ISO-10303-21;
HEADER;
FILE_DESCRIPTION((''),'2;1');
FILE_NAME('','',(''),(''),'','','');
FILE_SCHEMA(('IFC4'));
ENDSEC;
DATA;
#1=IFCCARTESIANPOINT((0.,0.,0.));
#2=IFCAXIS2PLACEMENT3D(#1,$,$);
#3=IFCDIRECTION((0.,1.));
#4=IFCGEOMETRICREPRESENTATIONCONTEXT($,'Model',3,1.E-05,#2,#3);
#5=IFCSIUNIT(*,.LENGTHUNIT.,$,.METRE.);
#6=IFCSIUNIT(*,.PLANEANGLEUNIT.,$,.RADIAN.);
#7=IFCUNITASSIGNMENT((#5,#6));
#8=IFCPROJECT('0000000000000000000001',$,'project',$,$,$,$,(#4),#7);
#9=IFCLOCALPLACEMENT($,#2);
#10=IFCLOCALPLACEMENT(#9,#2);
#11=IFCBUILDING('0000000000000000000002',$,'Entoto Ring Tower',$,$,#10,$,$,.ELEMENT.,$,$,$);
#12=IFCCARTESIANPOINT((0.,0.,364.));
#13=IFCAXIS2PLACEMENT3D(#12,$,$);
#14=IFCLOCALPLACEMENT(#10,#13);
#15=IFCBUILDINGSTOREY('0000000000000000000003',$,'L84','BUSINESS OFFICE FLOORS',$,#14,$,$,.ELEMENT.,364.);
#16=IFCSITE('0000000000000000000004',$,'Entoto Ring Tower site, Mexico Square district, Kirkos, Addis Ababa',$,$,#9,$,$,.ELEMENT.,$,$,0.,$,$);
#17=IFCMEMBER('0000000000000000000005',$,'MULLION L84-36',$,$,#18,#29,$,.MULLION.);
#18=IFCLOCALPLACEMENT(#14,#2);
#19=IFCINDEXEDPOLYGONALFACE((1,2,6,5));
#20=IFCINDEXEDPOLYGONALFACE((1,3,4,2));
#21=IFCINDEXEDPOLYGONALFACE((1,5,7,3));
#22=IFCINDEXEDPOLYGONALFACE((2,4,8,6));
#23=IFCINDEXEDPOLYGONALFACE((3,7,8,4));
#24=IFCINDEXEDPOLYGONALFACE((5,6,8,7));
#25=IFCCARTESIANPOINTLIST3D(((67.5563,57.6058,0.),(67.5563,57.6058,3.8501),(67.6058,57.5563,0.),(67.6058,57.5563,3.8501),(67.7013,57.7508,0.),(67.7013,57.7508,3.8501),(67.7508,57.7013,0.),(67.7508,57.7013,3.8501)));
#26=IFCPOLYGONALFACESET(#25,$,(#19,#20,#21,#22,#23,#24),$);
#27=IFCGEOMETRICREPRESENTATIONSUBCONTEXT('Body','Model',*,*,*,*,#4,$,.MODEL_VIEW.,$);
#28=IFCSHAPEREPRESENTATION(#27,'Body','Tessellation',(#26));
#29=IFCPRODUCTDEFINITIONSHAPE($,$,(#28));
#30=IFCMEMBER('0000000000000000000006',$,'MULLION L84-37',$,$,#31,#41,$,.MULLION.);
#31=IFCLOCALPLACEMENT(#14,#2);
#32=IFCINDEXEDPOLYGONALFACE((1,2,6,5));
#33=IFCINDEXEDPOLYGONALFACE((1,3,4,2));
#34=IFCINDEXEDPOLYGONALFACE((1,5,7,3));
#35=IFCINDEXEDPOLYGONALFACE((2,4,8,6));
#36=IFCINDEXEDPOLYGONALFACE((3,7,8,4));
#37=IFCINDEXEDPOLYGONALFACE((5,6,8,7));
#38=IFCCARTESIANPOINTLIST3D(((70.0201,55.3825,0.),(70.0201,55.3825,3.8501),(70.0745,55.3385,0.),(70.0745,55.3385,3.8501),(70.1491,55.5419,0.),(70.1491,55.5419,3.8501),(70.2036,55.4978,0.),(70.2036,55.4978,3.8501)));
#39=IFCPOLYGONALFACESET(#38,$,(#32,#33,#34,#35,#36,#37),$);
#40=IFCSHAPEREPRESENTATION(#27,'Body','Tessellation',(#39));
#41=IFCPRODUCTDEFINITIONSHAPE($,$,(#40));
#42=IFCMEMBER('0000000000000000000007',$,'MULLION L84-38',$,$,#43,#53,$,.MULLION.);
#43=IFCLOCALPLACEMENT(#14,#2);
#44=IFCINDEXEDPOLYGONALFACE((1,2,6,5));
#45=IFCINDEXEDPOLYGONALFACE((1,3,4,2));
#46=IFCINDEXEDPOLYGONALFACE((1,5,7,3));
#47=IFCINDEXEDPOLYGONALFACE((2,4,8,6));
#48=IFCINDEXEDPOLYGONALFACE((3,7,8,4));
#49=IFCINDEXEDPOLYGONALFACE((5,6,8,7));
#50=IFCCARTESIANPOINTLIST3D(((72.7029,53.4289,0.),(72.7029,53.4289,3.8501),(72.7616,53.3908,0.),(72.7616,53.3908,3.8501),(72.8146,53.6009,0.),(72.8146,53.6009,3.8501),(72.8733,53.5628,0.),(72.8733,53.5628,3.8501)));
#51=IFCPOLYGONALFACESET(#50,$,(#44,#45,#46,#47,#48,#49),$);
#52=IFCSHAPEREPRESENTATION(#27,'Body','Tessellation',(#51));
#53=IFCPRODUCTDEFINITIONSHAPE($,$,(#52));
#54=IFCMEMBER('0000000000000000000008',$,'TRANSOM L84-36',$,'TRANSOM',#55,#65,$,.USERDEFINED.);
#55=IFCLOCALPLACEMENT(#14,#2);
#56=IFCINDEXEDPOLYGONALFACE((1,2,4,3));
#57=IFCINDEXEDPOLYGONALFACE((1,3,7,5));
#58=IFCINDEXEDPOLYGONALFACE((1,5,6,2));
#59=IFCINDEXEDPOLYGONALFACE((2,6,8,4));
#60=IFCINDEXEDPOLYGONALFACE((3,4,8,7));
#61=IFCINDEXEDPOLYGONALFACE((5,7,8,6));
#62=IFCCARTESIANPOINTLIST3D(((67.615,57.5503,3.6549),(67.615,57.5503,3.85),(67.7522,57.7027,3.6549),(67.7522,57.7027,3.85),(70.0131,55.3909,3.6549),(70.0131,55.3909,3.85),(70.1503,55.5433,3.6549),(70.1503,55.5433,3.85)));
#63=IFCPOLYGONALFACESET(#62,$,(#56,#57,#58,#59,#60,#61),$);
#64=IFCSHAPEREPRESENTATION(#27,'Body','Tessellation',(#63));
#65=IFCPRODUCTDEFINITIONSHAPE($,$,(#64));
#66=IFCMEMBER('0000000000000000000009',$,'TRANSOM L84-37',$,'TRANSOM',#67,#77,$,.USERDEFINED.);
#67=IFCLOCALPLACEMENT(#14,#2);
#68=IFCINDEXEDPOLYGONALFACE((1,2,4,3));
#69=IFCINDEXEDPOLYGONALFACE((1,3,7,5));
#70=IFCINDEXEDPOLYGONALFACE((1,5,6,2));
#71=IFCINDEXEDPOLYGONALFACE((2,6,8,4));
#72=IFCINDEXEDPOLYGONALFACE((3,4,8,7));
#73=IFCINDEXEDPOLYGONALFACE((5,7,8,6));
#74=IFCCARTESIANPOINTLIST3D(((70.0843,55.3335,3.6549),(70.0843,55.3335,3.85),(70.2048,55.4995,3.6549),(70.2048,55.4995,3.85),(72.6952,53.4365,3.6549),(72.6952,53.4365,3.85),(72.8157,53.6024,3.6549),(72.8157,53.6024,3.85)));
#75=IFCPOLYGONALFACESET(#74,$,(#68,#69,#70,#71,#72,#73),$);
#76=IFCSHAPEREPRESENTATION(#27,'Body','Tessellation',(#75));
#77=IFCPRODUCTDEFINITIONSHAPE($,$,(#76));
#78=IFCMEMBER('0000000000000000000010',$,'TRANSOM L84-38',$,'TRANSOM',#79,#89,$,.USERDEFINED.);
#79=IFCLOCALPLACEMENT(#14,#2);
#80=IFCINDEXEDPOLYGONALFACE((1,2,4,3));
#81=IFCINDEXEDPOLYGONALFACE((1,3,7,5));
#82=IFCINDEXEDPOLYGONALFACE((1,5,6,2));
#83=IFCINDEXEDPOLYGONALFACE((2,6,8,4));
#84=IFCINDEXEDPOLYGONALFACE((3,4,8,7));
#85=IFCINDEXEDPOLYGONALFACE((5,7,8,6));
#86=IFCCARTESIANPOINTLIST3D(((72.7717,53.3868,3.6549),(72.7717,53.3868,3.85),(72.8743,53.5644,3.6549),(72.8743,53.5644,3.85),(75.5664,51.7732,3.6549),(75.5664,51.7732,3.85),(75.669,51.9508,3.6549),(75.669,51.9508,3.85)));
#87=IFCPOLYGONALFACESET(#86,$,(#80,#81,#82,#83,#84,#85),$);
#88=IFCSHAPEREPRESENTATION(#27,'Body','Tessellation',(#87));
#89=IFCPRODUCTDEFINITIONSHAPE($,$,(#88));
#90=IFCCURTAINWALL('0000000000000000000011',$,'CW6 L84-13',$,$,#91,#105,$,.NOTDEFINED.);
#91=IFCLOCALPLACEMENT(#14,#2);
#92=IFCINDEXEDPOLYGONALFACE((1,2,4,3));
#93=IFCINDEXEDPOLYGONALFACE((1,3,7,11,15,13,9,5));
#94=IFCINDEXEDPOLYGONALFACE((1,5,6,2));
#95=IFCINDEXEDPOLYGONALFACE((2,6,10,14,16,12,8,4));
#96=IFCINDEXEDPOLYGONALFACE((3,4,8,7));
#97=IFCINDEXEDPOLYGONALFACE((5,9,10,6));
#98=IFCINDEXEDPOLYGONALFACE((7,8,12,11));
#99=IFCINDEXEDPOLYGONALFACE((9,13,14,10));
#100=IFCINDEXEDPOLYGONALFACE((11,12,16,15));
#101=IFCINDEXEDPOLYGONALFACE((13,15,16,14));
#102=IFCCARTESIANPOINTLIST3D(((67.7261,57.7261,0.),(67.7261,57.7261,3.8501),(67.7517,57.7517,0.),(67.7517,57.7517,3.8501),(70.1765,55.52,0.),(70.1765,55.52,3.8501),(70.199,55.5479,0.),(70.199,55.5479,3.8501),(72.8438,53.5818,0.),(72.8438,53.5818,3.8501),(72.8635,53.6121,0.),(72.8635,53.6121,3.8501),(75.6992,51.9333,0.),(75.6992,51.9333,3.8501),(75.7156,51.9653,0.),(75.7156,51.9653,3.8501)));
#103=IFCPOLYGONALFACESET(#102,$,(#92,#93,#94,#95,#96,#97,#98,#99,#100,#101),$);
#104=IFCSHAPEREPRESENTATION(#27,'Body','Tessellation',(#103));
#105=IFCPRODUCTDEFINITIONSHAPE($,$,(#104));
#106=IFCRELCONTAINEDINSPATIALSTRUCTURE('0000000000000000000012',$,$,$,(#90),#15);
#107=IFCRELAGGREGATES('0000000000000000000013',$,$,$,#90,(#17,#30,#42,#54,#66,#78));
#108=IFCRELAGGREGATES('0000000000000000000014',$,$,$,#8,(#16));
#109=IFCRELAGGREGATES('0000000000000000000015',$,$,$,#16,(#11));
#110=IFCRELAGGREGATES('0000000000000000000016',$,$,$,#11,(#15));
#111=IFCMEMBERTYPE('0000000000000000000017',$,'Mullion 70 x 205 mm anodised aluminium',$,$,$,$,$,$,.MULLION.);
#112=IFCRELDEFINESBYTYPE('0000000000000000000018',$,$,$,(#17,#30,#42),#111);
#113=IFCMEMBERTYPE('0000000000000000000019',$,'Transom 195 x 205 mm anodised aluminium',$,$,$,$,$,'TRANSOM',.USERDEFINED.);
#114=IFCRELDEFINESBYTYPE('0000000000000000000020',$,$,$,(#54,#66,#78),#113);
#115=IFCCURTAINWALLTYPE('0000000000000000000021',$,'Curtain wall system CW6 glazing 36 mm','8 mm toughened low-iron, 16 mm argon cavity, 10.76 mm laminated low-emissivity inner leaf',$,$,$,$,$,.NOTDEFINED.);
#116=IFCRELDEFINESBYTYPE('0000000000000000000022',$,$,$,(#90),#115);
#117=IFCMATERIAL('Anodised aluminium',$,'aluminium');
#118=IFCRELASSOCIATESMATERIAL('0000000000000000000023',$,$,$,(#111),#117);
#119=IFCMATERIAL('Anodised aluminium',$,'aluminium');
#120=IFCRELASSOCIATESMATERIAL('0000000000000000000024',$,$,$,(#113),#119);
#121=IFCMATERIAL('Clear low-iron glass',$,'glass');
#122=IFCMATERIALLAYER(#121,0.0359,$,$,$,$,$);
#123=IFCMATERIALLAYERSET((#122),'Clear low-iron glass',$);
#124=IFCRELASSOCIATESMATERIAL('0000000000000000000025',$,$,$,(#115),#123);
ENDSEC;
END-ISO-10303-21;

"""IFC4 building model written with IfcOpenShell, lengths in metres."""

from ifc_helpers import new_model, si_unit, direction, frame, origin, origin_2d, place, context, subcontext, project, spatial, polyline, rectangle, outline, extrude, material, layer, layer_set, material_profile, profile_set, type_object, element, aggregate, save


model = new_model("IFC4")

# Units and contexts
model_context = context("Model", 3, precision=1e-05, world=origin(), true_north=direction((0.0, 1.0)))
body_context = subcontext(model_context, "Body", "Model", "MODEL_VIEW")
ifc_project = project(units=[si_unit("LENGTHUNIT", "METRE"), si_unit("PLANEANGLEUNIT", "RADIAN")], contexts=[model_context])

# Members
ifc_material_1 = material(Name="Anodised aluminium", Category="aluminium")
ifc_material_profile_1 = material_profile(ifc_material_1, rectangle(XDim=0.0701, YDim=0.2051, at=origin_2d()), Name="Mullion 70 x 205 mm anodised aluminium")
ifc_profile_set_1 = profile_set([ifc_material_profile_1], Name="Anodised aluminium")
member_type_1 = type_object("IfcMemberType", Name="Mullion 70 x 205 mm anodised aluminium", PredefinedType="MULLION", material=ifc_profile_set_1)
site_placement = place(None, origin())
building_placement = place(site_placement, origin())
storey_placement = place(building_placement, frame((0.0, 0.0, 364.0)))
member_1_placement = place(storey_placement, frame((67.6536, 57.6536, 0.0), z_axis=(0.0, 0.0, 1.0), x_axis=(0.707107, -0.707107, 0.0)))
member_1 = element("IfcMember", 1, at=member_1_placement, type_object=member_type_1, Name="MULLION L84-36", PredefinedType="MULLION", context=body_context, shape_type="SweptSolid", body=[
    extrude(rectangle(XDim=0.0701, YDim=0.2051, at=origin_2d()), origin(), (0.0, 0.0, 1.0), 3.8501),
])
member_2_placement = place(storey_placement, frame((70.1118, 55.4402, 0.0), z_axis=(0.0, 0.0, 1.0), x_axis=(0.777146, -0.62932, 0.0)))
member_2 = element("IfcMember", 2, at=member_2_placement, type_object=member_type_1, Name="MULLION L84-37", PredefinedType="MULLION", context=body_context, shape_type="SweptSolid", body=[
    extrude(rectangle(XDim=0.0701, YDim=0.2051, at=origin_2d()), origin(), (0.0, 0.0, 1.0), 3.8501),
])
member_3_placement = place(storey_placement, frame((72.7881, 53.4958, 0.0), z_axis=(0.0, 0.0, 1.0), x_axis=(0.838671, -0.544639, 0.0)))
member_3 = element("IfcMember", 3, at=member_3_placement, type_object=member_type_1, Name="MULLION L84-38", PredefinedType="MULLION", context=body_context, shape_type="SweptSolid", body=[
    extrude(rectangle(XDim=0.0701, YDim=0.2051, at=origin_2d()), origin(), (0.0, 0.0, 1.0), 3.8501),
])
ifc_material_2 = material(Name="Anodised aluminium", Category="aluminium")
ifc_material_profile_2 = material_profile(ifc_material_2, rectangle(XDim=0.2051, YDim=0.1951, at=origin_2d()), Name="Transom 195 x 205 mm anodised aluminium")
ifc_profile_set_2 = profile_set([ifc_material_profile_2], Name="Anodised aluminium")
member_type_2 = type_object("IfcMemberType", Name="Transom 195 x 205 mm anodised aluminium", ElementType="TRANSOM", PredefinedType="USERDEFINED", material=ifc_profile_set_2)
member_4_placement = place(storey_placement, frame((67.6836, 57.6265, 3.7524), z_axis=(0.743132, -0.669144, 0.0), x_axis=(0.669144, 0.743132, 0.0)))
member_4 = element("IfcMember", 4, at=member_4_placement, type_object=member_type_2, Name="TRANSOM L84-36", ObjectType="TRANSOM", PredefinedType="USERDEFINED", context=body_context, shape_type="SweptSolid", body=[
    extrude(rectangle(XDim=0.2051, YDim=0.1951, at=origin_2d()), origin(), (0.0, 0.0, 1.0), 3.2271),
])
member_5_placement = place(storey_placement, frame((70.1445, 55.4165, 3.7524), z_axis=(0.809004, -0.587803, 0.0), x_axis=(0.587803, 0.809004, 0.0)))
member_5 = element("IfcMember", 5, at=member_5_placement, type_object=member_type_2, Name="TRANSOM L84-37", ObjectType="TRANSOM", PredefinedType="USERDEFINED", context=body_context, shape_type="SweptSolid", body=[
    extrude(rectangle(XDim=0.2051, YDim=0.1951, at=origin_2d()), origin(), (0.0, 0.0, 1.0), 3.2273),
])
member_6_placement = place(storey_placement, frame((72.823, 53.4756, 3.7524), z_axis=(0.866023, -0.500004, 0.0), x_axis=(0.500004, 0.866023, 0.0)))
member_6 = element("IfcMember", 6, at=member_6_placement, type_object=member_type_2, Name="TRANSOM L84-38", ObjectType="TRANSOM", PredefinedType="USERDEFINED", context=body_context, shape_type="SweptSolid", body=[
    extrude(rectangle(XDim=0.2051, YDim=0.1951, at=origin_2d()), origin(), (0.0, 0.0, 1.0), 3.2271),
])

# Site, building, storey
site = spatial("IfcSite", under=ifc_project, at=site_placement, Name="Entoto Ring Tower site, Mexico Square district, Kirkos, Addis Ababa", CompositionType="ELEMENT", RefElevation=0.0)
building = spatial("IfcBuilding", under=site, at=building_placement, Name="Entoto Ring Tower", CompositionType="ELEMENT")
storey = spatial("IfcBuildingStorey", under=building, at=storey_placement, Name="L84", Description="BUSINESS OFFICE FLOORS", CompositionType="ELEMENT", Elevation=364.0)

# Curtain wall
ifc_material_3 = material(Name="Clear low-iron glass", Category="glass")
ifc_layer = layer(ifc_material_3, 0.0359)
ifc_layer_set = layer_set([ifc_layer], Name="Clear low-iron glass")
curtain_wall_type = type_object("IfcCurtainWallType", Name="Curtain wall system CW6 glazing 36 mm", Description="8 mm toughened low-iron, 16 mm argon cavity, 10.76 mm laminated low-emissivity inner leaf", PredefinedType="NOTDEFINED", material=ifc_layer_set)
curtain_wall_1_placement = place(storey_placement, origin())
curtain_wall_1 = element("IfcCurtainWall", 7, at=curtain_wall_1_placement, inside=storey, type_object=curtain_wall_type, Name="CW6 L84-13", PredefinedType="NOTDEFINED", context=body_context, shape_type="SweptSolid", body=[
    extrude(outline(polyline([(67.7261, 57.7261), (70.1765, 55.52), (72.8438, 53.5818), (75.6992, 51.9333), (75.7156, 51.9653), (72.8635, 53.6121), (70.199, 55.5479), (67.7517, 57.7517), (67.7261, 57.7261)])), origin(), (0.0, 0.0, 1.0), 3.8501),
])
aggregate(curtain_wall_1, [member_1, member_2, member_3, member_4, member_5, member_6])

save(model, "model.ifc")
